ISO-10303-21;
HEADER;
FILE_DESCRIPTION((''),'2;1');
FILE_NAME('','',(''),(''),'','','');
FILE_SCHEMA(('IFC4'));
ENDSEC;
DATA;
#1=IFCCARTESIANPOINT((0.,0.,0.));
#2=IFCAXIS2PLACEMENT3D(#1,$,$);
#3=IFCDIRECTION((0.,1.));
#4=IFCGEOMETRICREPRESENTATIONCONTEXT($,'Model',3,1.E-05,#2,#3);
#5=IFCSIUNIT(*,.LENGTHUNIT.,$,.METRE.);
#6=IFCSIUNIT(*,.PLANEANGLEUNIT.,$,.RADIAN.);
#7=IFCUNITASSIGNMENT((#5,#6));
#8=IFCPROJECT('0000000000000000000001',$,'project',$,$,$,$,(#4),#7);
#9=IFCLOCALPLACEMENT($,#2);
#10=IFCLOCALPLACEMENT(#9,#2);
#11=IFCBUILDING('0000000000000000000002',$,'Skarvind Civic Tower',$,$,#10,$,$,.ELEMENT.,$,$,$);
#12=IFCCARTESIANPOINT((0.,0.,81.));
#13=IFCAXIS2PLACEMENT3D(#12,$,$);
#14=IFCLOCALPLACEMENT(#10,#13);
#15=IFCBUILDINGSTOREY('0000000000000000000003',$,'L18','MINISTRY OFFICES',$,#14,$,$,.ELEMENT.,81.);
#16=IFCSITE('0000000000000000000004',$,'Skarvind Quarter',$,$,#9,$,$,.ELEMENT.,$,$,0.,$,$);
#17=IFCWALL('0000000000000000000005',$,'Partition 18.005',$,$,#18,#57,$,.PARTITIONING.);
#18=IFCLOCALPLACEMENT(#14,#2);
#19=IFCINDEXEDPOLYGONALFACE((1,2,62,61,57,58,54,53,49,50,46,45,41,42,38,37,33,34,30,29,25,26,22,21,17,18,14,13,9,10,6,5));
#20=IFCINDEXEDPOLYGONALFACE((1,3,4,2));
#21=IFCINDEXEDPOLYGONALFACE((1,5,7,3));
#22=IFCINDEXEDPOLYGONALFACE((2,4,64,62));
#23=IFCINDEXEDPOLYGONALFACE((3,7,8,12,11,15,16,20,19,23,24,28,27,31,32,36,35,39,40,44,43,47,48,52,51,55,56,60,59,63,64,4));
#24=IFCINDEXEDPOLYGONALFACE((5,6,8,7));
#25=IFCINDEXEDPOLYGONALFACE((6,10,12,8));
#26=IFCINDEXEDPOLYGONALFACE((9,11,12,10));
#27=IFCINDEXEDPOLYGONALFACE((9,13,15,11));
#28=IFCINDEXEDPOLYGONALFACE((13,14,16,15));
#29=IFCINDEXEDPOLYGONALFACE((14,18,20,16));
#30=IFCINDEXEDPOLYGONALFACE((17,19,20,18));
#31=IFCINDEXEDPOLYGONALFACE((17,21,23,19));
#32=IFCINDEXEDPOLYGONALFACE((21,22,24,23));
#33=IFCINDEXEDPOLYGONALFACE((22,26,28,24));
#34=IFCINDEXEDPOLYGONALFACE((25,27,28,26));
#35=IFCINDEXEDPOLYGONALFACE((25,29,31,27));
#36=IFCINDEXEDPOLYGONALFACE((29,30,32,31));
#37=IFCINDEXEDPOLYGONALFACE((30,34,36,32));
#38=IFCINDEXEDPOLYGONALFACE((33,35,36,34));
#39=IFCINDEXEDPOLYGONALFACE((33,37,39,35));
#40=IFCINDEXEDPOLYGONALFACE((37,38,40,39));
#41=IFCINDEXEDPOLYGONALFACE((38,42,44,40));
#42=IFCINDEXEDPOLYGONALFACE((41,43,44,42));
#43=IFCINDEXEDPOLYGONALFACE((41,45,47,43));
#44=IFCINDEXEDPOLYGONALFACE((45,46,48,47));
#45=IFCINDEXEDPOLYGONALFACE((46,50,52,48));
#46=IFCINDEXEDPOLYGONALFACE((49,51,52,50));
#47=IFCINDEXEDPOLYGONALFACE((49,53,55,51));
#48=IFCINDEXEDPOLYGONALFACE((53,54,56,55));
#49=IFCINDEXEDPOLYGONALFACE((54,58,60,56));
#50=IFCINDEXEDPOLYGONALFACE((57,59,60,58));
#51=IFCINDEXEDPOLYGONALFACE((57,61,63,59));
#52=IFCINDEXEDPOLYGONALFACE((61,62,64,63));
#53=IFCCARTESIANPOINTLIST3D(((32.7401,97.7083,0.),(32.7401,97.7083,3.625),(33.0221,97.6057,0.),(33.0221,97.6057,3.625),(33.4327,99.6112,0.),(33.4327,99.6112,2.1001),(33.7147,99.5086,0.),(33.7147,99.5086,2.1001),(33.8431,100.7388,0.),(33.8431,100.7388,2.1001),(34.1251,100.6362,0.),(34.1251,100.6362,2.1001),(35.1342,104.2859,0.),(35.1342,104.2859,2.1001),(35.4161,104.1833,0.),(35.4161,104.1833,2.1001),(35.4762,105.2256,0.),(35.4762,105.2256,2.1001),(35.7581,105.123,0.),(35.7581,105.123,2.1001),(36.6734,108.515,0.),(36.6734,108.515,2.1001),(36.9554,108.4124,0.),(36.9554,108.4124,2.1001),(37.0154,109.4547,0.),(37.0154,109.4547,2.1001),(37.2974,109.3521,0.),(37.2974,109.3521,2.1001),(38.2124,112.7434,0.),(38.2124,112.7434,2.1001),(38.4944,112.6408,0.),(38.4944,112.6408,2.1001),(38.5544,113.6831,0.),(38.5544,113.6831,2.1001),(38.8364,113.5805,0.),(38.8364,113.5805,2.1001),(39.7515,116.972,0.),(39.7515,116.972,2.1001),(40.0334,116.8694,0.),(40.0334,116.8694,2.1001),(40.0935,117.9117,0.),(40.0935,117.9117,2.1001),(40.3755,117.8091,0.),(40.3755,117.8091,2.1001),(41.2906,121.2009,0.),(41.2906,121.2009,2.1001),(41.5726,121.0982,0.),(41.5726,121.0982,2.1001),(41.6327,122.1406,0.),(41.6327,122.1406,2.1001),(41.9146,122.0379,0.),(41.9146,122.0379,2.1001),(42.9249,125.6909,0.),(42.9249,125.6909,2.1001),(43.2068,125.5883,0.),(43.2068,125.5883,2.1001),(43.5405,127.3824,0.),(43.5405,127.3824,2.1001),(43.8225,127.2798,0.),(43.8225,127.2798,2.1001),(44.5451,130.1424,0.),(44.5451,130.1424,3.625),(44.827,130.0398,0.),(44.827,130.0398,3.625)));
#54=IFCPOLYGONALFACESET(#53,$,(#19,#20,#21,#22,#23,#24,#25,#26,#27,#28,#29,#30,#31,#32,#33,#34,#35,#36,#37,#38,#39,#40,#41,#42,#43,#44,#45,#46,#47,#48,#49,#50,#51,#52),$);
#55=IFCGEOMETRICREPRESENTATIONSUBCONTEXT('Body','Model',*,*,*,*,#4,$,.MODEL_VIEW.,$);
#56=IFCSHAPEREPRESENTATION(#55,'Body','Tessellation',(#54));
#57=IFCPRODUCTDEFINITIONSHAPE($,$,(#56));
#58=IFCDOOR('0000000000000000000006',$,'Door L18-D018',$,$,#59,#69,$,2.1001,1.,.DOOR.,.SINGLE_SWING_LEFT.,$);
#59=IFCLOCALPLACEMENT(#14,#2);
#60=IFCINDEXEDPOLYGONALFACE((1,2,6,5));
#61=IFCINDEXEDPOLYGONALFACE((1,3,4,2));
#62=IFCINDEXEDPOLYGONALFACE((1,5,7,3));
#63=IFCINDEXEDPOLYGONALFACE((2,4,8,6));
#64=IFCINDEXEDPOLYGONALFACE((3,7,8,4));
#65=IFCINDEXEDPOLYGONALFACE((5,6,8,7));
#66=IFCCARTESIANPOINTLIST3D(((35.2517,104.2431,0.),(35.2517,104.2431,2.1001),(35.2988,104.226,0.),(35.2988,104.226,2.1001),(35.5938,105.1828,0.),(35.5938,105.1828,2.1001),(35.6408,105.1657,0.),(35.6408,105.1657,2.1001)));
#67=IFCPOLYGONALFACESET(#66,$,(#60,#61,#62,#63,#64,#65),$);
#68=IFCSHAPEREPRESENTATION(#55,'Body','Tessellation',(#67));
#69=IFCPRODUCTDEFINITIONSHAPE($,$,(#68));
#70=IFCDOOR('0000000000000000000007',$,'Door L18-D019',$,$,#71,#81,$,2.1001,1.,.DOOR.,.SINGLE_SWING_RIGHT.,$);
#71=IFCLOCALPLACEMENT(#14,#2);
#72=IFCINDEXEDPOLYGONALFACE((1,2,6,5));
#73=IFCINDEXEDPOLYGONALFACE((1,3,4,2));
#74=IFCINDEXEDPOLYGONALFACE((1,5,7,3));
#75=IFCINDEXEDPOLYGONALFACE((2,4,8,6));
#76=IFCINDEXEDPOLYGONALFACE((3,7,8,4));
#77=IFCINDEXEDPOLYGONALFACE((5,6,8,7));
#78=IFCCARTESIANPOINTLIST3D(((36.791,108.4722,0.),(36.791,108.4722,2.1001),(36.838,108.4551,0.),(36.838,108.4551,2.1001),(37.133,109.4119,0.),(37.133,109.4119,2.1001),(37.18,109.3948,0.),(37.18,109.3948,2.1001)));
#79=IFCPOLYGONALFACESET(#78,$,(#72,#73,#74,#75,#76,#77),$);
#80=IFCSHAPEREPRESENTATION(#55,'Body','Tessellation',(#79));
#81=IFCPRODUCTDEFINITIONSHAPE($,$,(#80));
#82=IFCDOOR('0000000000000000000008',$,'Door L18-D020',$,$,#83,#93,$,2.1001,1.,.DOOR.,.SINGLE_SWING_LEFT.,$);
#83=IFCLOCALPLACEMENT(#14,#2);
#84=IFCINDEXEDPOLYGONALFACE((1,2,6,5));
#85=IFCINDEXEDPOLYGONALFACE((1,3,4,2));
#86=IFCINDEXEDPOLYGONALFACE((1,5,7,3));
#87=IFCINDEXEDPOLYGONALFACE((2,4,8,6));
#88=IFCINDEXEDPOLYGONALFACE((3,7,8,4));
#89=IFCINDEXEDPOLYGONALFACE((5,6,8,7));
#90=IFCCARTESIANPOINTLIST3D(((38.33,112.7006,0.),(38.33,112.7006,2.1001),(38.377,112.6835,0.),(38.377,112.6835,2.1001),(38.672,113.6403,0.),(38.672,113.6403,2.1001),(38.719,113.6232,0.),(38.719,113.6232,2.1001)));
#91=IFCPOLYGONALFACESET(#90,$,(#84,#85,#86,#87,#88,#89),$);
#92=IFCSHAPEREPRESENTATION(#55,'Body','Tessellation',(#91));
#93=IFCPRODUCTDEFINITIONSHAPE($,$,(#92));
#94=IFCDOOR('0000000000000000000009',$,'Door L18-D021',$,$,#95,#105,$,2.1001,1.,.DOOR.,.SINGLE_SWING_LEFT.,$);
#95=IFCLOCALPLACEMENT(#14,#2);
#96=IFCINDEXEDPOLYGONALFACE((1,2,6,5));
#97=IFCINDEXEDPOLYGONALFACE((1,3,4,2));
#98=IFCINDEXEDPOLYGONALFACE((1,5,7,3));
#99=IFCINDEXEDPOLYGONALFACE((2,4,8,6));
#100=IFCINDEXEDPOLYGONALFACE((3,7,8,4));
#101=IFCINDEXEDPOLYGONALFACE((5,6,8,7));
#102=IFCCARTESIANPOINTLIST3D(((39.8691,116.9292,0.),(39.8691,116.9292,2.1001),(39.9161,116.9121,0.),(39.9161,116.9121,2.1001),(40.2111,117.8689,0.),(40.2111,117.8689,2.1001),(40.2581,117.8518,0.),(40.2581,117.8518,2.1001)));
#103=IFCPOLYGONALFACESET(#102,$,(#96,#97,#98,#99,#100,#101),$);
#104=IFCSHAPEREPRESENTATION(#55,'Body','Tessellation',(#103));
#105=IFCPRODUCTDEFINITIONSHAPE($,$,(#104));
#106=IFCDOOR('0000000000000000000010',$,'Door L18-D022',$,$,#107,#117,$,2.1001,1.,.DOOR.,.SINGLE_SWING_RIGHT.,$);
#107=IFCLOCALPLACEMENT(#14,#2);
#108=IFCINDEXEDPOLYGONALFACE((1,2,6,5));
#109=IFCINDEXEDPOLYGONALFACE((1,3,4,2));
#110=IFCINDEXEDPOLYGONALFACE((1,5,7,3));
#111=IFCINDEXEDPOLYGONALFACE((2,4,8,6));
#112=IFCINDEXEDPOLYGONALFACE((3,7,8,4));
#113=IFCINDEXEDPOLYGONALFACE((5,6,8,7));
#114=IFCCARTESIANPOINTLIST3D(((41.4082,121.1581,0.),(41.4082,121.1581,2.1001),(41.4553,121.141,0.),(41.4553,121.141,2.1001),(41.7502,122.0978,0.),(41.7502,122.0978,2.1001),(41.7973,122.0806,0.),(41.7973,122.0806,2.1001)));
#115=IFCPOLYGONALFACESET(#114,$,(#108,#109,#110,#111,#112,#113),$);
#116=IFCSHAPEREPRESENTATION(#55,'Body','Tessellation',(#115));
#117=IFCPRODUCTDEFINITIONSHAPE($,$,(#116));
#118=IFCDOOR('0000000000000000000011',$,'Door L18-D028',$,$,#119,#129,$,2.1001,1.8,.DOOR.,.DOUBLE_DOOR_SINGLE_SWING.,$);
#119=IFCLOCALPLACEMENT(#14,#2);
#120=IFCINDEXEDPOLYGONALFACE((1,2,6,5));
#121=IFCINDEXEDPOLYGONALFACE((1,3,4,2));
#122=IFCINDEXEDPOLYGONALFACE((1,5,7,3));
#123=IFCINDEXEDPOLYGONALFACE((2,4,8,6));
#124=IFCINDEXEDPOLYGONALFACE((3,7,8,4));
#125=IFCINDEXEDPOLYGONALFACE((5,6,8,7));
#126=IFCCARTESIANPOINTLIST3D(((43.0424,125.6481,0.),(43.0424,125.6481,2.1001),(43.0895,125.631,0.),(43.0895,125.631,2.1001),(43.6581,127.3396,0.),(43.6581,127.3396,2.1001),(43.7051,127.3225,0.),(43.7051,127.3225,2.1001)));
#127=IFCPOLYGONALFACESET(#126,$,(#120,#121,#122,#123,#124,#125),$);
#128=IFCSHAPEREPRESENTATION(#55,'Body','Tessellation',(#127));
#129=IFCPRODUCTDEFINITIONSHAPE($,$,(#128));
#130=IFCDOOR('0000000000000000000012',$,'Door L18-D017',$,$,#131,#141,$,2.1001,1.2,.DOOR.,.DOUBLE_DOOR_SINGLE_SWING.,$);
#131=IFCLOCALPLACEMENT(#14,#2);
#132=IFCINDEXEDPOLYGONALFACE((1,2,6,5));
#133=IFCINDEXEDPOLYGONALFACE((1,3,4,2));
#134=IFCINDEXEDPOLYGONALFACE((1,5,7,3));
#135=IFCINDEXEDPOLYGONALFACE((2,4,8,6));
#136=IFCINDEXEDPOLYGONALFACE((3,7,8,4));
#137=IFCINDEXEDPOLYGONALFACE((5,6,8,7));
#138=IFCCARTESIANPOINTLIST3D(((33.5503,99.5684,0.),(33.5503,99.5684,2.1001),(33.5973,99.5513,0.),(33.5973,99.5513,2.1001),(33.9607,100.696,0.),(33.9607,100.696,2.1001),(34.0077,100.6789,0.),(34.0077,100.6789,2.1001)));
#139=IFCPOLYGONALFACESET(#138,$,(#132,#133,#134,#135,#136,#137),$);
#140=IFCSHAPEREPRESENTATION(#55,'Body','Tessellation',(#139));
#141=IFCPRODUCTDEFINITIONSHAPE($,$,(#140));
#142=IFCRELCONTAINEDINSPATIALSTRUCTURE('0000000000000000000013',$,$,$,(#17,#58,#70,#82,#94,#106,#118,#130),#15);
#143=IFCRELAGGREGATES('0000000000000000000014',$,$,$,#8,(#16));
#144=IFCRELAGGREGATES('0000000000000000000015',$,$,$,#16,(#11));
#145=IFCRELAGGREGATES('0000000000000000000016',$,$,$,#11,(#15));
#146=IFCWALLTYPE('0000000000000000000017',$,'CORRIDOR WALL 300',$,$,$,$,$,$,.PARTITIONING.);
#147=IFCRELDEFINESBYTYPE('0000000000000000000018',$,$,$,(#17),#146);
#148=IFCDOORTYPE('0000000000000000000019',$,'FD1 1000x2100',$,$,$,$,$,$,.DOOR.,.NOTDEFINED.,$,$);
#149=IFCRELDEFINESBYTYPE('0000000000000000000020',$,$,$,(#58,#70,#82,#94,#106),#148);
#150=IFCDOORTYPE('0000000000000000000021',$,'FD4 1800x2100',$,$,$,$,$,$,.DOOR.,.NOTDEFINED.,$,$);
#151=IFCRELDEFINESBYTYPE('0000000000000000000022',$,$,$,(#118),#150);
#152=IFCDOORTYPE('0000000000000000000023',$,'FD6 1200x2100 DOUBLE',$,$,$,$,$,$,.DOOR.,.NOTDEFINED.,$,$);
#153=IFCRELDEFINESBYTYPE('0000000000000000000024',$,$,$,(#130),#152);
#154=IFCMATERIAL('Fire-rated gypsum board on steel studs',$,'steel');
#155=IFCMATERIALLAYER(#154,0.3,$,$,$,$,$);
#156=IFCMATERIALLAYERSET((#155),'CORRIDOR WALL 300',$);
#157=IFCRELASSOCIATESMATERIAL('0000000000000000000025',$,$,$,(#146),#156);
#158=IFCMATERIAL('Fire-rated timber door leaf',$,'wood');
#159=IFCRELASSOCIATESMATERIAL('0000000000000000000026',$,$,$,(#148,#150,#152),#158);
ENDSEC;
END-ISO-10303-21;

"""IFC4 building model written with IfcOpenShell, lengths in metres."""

from ifc_helpers import new_model, si_unit, direction, frame, frame_2d, origin, place, context, subcontext, project, spatial, rectangle, extrude, material, layer, layer_set, type_object, element, fill, save


model = new_model("IFC4")

# Units and contexts
model_context = context("Model", 3, precision=1e-05, world=origin(), true_north=direction((0.0, 1.0)))
body_context = subcontext(model_context, "Body", "Model", "MODEL_VIEW")
ifc_project = project(units=[si_unit("LENGTHUNIT", "METRE"), si_unit("PLANEANGLEUNIT", "RADIAN")], contexts=[model_context])

# Site, building, storey
site_placement = place(None, origin())
site = spatial("IfcSite", under=ifc_project, at=site_placement, Name="Skarvind Quarter", CompositionType="ELEMENT", RefElevation=0.0)
building_placement = place(site_placement, origin())
building = spatial("IfcBuilding", under=site, at=building_placement, Name="Skarvind Civic Tower", CompositionType="ELEMENT")
storey_placement = place(building_placement, frame((0.0, 0.0, 81.0)))
storey = spatial("IfcBuildingStorey", under=building, at=storey_placement, Name="L18", Description="MINISTRY OFFICES", CompositionType="ELEMENT", Elevation=81.0)

# Wall, openings, doors
ifc_material_1 = material(Name="Fire-rated gypsum board on steel studs", Category="steel")
ifc_layer_1 = layer(ifc_material_1, 0.3)
ifc_layer_set_1 = layer_set([ifc_layer_1], Name="CORRIDOR WALL 300")
wall_type_1 = type_object("IfcWallType", Name="CORRIDOR WALL 300", PredefinedType="PARTITIONING", material=ifc_layer_set_1)
wall_1_placement = place(storey_placement, frame((32.8811, 97.657, 0.0), z_axis=(0.0, 0.0, 1.0), x_axis=(0.342017, 0.939694, 0.0)))
wall_1 = element("IfcWall", 1, at=wall_1_placement, inside=storey, type_object=wall_type_1, Name="Partition 18.005", PredefinedType="PARTITIONING", context=body_context, shape_type="SweptSolid", body=[
    extrude(rectangle(XDim=34.5156, YDim=0.3, at=frame_2d((17.2578, 0.0))), origin(), (0.0, 0.0, 1.0), 3.625),
])
opening_1_placement = place(wall_1_placement, frame((2.0249, 0.0, 0.0)))
opening_1 = element("IfcOpeningElement", 2, at=opening_1_placement, cuts=wall_1, PredefinedType="OPENING", context=body_context, shape_type="SweptSolid", body=[
    extrude(rectangle(XDim=1.2, YDim=2.1001, at=frame_2d((0.6001, 1.05))), frame((0.0, 0.1599, 0.0), z_axis=(0.0, -1.0, 0.0), x_axis=(1.0, 0.0, 0.0)), (0.0, 0.0, 1.0), 0.3201),
])
opening_2_placement = place(wall_1_placement, frame((6.9998, 0.0, 0.0)))
opening_2 = element("IfcOpeningElement", 3, at=opening_2_placement, cuts=wall_1, PredefinedType="OPENING", context=body_context, shape_type="SweptSolid", body=[
    extrude(rectangle(XDim=1.0, YDim=2.1001, at=frame_2d((0.5, 1.05))), frame((0.0, 0.1599, 0.0), z_axis=(0.0, -1.0, 0.0), x_axis=(1.0, 0.0, 0.0)), (0.0, 0.0, 1.0), 0.3201),
])
opening_3_placement = place(wall_1_placement, frame((11.5002, 0.0, 0.0)))
opening_3 = element("IfcOpeningElement", 4, at=opening_3_placement, cuts=wall_1, PredefinedType="OPENING", context=body_context, shape_type="SweptSolid", body=[
    extrude(rectangle(XDim=1.0, YDim=2.1001, at=frame_2d((0.5, 1.05))), frame((0.0, 0.1599, 0.0), z_axis=(0.0, -1.0, 0.0), x_axis=(1.0, 0.0, 0.0)), (0.0, 0.0, 1.0), 0.3201),
])
opening_4_placement = place(wall_1_placement, frame((16.0, 0.0, 0.0)))
opening_4 = element("IfcOpeningElement", 5, at=opening_4_placement, cuts=wall_1, PredefinedType="OPENING", context=body_context, shape_type="SweptSolid", body=[
    extrude(rectangle(XDim=1.0, YDim=2.1001, at=frame_2d((0.5, 1.05))), frame((0.0, 0.1599, 0.0), z_axis=(0.0, -1.0, 0.0), x_axis=(1.0, 0.0, 0.0)), (0.0, 0.0, 1.0), 0.3201),
])
opening_5_placement = place(wall_1_placement, frame((20.5, 0.0, 0.0)))
opening_5 = element("IfcOpeningElement", 6, at=opening_5_placement, cuts=wall_1, PredefinedType="OPENING", context=body_context, shape_type="SweptSolid", body=[
    extrude(rectangle(XDim=1.0, YDim=2.1001, at=frame_2d((0.5, 1.05))), frame((0.0, 0.1599, 0.0), z_axis=(0.0, -1.0, 0.0), x_axis=(1.0, 0.0, 0.0)), (0.0, 0.0, 1.0), 0.3201),
])
opening_6_placement = place(wall_1_placement, frame((25.0002, 0.0, 0.0)))
opening_6 = element("IfcOpeningElement", 7, at=opening_6_placement, cuts=wall_1, PredefinedType="OPENING", context=body_context, shape_type="SweptSolid", body=[
    extrude(rectangle(XDim=1.0, YDim=2.1001, at=frame_2d((0.5, 1.05))), frame((0.0, 0.1599, 0.0), z_axis=(0.0, -1.0, 0.0), x_axis=(1.0, 0.0, 0.0)), (0.0, 0.0, 1.0), 0.3201),
])
opening_7_placement = place(wall_1_placement, frame((29.7786, 0.0, 0.0)))
opening_7 = element("IfcOpeningElement", 8, at=opening_7_placement, cuts=wall_1, PredefinedType="OPENING", context=body_context, shape_type="SweptSolid", body=[
    extrude(rectangle(XDim=1.8, YDim=2.1001, at=frame_2d((0.8999, 1.05))), frame((0.0, 0.1599, 0.0), z_axis=(0.0, -1.0, 0.0), x_axis=(1.0, 0.0, 0.0)), (0.0, 0.0, 1.0), 0.3201),
])
ifc_material_2 = material(Name="Fire-rated timber door leaf", Category="wood")
door_type_1 = type_object("IfcDoorType", Name="FD1 1000x2100", OperationType="NOTDEFINED", PredefinedType="DOOR", material=ifc_material_2)
door_1_placement = place(opening_2_placement, origin())
door_1 = element("IfcDoor", 9, at=door_1_placement, inside=storey, type_object=door_type_1, Name="Door L18-D018", OperationType="SINGLE_SWING_LEFT", OverallHeight=2.1001, OverallWidth=1.0, PredefinedType="DOOR", context=body_context, shape_type="SweptSolid", body=[
    extrude(rectangle(XDim=1.0, YDim=2.1001, at=frame_2d((0.5, 1.05))), frame((0.0, 0.0249, 0.0), z_axis=(0.0, -1.0, 0.0), x_axis=(1.0, 0.0, 0.0)), (0.0, 0.0, 1.0), 0.05),
])
fill(opening_2, door_1)
door_2_placement = place(opening_3_placement, origin())
door_2 = element("IfcDoor", 10, at=door_2_placement, inside=storey, type_object=door_type_1, Name="Door L18-D019", OperationType="SINGLE_SWING_RIGHT", OverallHeight=2.1001, OverallWidth=1.0, PredefinedType="DOOR", context=body_context, shape_type="SweptSolid", body=[
    extrude(rectangle(XDim=1.0, YDim=2.1001, at=frame_2d((0.5, 1.05))), frame((0.0, 0.0249, 0.0), z_axis=(0.0, -1.0, 0.0), x_axis=(1.0, 0.0, 0.0)), (0.0, 0.0, 1.0), 0.05),
])
fill(opening_3, door_2)
door_3_placement = place(opening_4_placement, origin())
door_3 = element("IfcDoor", 11, at=door_3_placement, inside=storey, type_object=door_type_1, Name="Door L18-D020", OperationType="SINGLE_SWING_LEFT", OverallHeight=2.1001, OverallWidth=1.0, PredefinedType="DOOR", context=body_context, shape_type="SweptSolid", body=[
    extrude(rectangle(XDim=1.0, YDim=2.1001, at=frame_2d((0.5, 1.05))), frame((0.0, 0.0249, 0.0), z_axis=(0.0, -1.0, 0.0), x_axis=(1.0, 0.0, 0.0)), (0.0, 0.0, 1.0), 0.05),
])
fill(opening_4, door_3)
door_4_placement = place(opening_5_placement, origin())
door_4 = element("IfcDoor", 12, at=door_4_placement, inside=storey, type_object=door_type_1, Name="Door L18-D021", OperationType="SINGLE_SWING_LEFT", OverallHeight=2.1001, OverallWidth=1.0, PredefinedType="DOOR", context=body_context, shape_type="SweptSolid", body=[
    extrude(rectangle(XDim=1.0, YDim=2.1001, at=frame_2d((0.5, 1.05))), frame((0.0, 0.0249, 0.0), z_axis=(0.0, -1.0, 0.0), x_axis=(1.0, 0.0, 0.0)), (0.0, 0.0, 1.0), 0.05),
])
fill(opening_5, door_4)
door_5_placement = place(opening_6_placement, origin())
door_5 = element("IfcDoor", 13, at=door_5_placement, inside=storey, type_object=door_type_1, Name="Door L18-D022", OperationType="SINGLE_SWING_RIGHT", OverallHeight=2.1001, OverallWidth=1.0, PredefinedType="DOOR", context=body_context, shape_type="SweptSolid", body=[
    extrude(rectangle(XDim=1.0, YDim=2.1001, at=frame_2d((0.5, 1.05))), frame((0.0, 0.0249, 0.0), z_axis=(0.0, -1.0, 0.0), x_axis=(1.0, 0.0, 0.0)), (0.0, 0.0, 1.0), 0.05),
])
fill(opening_6, door_5)
door_type_2 = type_object("IfcDoorType", Name="FD4 1800x2100", OperationType="NOTDEFINED", PredefinedType="DOOR", material=ifc_material_2)
door_6_placement = place(opening_7_placement, origin())
door_6 = element("IfcDoor", 14, at=door_6_placement, inside=storey, type_object=door_type_2, Name="Door L18-D028", OperationType="DOUBLE_DOOR_SINGLE_SWING", OverallHeight=2.1001, OverallWidth=1.8, PredefinedType="DOOR", context=body_context, shape_type="SweptSolid", body=[
    extrude(rectangle(XDim=1.8, YDim=2.1001, at=frame_2d((0.8999, 1.05))), frame((0.0, 0.0249, 0.0), z_axis=(0.0, -1.0, 0.0), x_axis=(1.0, 0.0, 0.0)), (0.0, 0.0, 1.0), 0.05),
])
fill(opening_7, door_6)
door_type_3 = type_object("IfcDoorType", Name="FD6 1200x2100 DOUBLE", OperationType="NOTDEFINED", PredefinedType="DOOR", material=ifc_material_2)
door_7_placement = place(opening_1_placement, origin())
door_7 = element("IfcDoor", 15, at=door_7_placement, inside=storey, type_object=door_type_3, Name="Door L18-D017", OperationType="DOUBLE_DOOR_SINGLE_SWING", OverallHeight=2.1001, OverallWidth=1.2, PredefinedType="DOOR", context=body_context, shape_type="SweptSolid", body=[
    extrude(rectangle(XDim=1.2, YDim=2.1001, at=frame_2d((0.6001, 1.05))), frame((0.0, 0.0249, 0.0), z_axis=(0.0, -1.0, 0.0), x_axis=(1.0, 0.0, 0.0)), (0.0, 0.0, 1.0), 0.05),
])
fill(opening_1, door_7)

save(model, "model.ifc")
